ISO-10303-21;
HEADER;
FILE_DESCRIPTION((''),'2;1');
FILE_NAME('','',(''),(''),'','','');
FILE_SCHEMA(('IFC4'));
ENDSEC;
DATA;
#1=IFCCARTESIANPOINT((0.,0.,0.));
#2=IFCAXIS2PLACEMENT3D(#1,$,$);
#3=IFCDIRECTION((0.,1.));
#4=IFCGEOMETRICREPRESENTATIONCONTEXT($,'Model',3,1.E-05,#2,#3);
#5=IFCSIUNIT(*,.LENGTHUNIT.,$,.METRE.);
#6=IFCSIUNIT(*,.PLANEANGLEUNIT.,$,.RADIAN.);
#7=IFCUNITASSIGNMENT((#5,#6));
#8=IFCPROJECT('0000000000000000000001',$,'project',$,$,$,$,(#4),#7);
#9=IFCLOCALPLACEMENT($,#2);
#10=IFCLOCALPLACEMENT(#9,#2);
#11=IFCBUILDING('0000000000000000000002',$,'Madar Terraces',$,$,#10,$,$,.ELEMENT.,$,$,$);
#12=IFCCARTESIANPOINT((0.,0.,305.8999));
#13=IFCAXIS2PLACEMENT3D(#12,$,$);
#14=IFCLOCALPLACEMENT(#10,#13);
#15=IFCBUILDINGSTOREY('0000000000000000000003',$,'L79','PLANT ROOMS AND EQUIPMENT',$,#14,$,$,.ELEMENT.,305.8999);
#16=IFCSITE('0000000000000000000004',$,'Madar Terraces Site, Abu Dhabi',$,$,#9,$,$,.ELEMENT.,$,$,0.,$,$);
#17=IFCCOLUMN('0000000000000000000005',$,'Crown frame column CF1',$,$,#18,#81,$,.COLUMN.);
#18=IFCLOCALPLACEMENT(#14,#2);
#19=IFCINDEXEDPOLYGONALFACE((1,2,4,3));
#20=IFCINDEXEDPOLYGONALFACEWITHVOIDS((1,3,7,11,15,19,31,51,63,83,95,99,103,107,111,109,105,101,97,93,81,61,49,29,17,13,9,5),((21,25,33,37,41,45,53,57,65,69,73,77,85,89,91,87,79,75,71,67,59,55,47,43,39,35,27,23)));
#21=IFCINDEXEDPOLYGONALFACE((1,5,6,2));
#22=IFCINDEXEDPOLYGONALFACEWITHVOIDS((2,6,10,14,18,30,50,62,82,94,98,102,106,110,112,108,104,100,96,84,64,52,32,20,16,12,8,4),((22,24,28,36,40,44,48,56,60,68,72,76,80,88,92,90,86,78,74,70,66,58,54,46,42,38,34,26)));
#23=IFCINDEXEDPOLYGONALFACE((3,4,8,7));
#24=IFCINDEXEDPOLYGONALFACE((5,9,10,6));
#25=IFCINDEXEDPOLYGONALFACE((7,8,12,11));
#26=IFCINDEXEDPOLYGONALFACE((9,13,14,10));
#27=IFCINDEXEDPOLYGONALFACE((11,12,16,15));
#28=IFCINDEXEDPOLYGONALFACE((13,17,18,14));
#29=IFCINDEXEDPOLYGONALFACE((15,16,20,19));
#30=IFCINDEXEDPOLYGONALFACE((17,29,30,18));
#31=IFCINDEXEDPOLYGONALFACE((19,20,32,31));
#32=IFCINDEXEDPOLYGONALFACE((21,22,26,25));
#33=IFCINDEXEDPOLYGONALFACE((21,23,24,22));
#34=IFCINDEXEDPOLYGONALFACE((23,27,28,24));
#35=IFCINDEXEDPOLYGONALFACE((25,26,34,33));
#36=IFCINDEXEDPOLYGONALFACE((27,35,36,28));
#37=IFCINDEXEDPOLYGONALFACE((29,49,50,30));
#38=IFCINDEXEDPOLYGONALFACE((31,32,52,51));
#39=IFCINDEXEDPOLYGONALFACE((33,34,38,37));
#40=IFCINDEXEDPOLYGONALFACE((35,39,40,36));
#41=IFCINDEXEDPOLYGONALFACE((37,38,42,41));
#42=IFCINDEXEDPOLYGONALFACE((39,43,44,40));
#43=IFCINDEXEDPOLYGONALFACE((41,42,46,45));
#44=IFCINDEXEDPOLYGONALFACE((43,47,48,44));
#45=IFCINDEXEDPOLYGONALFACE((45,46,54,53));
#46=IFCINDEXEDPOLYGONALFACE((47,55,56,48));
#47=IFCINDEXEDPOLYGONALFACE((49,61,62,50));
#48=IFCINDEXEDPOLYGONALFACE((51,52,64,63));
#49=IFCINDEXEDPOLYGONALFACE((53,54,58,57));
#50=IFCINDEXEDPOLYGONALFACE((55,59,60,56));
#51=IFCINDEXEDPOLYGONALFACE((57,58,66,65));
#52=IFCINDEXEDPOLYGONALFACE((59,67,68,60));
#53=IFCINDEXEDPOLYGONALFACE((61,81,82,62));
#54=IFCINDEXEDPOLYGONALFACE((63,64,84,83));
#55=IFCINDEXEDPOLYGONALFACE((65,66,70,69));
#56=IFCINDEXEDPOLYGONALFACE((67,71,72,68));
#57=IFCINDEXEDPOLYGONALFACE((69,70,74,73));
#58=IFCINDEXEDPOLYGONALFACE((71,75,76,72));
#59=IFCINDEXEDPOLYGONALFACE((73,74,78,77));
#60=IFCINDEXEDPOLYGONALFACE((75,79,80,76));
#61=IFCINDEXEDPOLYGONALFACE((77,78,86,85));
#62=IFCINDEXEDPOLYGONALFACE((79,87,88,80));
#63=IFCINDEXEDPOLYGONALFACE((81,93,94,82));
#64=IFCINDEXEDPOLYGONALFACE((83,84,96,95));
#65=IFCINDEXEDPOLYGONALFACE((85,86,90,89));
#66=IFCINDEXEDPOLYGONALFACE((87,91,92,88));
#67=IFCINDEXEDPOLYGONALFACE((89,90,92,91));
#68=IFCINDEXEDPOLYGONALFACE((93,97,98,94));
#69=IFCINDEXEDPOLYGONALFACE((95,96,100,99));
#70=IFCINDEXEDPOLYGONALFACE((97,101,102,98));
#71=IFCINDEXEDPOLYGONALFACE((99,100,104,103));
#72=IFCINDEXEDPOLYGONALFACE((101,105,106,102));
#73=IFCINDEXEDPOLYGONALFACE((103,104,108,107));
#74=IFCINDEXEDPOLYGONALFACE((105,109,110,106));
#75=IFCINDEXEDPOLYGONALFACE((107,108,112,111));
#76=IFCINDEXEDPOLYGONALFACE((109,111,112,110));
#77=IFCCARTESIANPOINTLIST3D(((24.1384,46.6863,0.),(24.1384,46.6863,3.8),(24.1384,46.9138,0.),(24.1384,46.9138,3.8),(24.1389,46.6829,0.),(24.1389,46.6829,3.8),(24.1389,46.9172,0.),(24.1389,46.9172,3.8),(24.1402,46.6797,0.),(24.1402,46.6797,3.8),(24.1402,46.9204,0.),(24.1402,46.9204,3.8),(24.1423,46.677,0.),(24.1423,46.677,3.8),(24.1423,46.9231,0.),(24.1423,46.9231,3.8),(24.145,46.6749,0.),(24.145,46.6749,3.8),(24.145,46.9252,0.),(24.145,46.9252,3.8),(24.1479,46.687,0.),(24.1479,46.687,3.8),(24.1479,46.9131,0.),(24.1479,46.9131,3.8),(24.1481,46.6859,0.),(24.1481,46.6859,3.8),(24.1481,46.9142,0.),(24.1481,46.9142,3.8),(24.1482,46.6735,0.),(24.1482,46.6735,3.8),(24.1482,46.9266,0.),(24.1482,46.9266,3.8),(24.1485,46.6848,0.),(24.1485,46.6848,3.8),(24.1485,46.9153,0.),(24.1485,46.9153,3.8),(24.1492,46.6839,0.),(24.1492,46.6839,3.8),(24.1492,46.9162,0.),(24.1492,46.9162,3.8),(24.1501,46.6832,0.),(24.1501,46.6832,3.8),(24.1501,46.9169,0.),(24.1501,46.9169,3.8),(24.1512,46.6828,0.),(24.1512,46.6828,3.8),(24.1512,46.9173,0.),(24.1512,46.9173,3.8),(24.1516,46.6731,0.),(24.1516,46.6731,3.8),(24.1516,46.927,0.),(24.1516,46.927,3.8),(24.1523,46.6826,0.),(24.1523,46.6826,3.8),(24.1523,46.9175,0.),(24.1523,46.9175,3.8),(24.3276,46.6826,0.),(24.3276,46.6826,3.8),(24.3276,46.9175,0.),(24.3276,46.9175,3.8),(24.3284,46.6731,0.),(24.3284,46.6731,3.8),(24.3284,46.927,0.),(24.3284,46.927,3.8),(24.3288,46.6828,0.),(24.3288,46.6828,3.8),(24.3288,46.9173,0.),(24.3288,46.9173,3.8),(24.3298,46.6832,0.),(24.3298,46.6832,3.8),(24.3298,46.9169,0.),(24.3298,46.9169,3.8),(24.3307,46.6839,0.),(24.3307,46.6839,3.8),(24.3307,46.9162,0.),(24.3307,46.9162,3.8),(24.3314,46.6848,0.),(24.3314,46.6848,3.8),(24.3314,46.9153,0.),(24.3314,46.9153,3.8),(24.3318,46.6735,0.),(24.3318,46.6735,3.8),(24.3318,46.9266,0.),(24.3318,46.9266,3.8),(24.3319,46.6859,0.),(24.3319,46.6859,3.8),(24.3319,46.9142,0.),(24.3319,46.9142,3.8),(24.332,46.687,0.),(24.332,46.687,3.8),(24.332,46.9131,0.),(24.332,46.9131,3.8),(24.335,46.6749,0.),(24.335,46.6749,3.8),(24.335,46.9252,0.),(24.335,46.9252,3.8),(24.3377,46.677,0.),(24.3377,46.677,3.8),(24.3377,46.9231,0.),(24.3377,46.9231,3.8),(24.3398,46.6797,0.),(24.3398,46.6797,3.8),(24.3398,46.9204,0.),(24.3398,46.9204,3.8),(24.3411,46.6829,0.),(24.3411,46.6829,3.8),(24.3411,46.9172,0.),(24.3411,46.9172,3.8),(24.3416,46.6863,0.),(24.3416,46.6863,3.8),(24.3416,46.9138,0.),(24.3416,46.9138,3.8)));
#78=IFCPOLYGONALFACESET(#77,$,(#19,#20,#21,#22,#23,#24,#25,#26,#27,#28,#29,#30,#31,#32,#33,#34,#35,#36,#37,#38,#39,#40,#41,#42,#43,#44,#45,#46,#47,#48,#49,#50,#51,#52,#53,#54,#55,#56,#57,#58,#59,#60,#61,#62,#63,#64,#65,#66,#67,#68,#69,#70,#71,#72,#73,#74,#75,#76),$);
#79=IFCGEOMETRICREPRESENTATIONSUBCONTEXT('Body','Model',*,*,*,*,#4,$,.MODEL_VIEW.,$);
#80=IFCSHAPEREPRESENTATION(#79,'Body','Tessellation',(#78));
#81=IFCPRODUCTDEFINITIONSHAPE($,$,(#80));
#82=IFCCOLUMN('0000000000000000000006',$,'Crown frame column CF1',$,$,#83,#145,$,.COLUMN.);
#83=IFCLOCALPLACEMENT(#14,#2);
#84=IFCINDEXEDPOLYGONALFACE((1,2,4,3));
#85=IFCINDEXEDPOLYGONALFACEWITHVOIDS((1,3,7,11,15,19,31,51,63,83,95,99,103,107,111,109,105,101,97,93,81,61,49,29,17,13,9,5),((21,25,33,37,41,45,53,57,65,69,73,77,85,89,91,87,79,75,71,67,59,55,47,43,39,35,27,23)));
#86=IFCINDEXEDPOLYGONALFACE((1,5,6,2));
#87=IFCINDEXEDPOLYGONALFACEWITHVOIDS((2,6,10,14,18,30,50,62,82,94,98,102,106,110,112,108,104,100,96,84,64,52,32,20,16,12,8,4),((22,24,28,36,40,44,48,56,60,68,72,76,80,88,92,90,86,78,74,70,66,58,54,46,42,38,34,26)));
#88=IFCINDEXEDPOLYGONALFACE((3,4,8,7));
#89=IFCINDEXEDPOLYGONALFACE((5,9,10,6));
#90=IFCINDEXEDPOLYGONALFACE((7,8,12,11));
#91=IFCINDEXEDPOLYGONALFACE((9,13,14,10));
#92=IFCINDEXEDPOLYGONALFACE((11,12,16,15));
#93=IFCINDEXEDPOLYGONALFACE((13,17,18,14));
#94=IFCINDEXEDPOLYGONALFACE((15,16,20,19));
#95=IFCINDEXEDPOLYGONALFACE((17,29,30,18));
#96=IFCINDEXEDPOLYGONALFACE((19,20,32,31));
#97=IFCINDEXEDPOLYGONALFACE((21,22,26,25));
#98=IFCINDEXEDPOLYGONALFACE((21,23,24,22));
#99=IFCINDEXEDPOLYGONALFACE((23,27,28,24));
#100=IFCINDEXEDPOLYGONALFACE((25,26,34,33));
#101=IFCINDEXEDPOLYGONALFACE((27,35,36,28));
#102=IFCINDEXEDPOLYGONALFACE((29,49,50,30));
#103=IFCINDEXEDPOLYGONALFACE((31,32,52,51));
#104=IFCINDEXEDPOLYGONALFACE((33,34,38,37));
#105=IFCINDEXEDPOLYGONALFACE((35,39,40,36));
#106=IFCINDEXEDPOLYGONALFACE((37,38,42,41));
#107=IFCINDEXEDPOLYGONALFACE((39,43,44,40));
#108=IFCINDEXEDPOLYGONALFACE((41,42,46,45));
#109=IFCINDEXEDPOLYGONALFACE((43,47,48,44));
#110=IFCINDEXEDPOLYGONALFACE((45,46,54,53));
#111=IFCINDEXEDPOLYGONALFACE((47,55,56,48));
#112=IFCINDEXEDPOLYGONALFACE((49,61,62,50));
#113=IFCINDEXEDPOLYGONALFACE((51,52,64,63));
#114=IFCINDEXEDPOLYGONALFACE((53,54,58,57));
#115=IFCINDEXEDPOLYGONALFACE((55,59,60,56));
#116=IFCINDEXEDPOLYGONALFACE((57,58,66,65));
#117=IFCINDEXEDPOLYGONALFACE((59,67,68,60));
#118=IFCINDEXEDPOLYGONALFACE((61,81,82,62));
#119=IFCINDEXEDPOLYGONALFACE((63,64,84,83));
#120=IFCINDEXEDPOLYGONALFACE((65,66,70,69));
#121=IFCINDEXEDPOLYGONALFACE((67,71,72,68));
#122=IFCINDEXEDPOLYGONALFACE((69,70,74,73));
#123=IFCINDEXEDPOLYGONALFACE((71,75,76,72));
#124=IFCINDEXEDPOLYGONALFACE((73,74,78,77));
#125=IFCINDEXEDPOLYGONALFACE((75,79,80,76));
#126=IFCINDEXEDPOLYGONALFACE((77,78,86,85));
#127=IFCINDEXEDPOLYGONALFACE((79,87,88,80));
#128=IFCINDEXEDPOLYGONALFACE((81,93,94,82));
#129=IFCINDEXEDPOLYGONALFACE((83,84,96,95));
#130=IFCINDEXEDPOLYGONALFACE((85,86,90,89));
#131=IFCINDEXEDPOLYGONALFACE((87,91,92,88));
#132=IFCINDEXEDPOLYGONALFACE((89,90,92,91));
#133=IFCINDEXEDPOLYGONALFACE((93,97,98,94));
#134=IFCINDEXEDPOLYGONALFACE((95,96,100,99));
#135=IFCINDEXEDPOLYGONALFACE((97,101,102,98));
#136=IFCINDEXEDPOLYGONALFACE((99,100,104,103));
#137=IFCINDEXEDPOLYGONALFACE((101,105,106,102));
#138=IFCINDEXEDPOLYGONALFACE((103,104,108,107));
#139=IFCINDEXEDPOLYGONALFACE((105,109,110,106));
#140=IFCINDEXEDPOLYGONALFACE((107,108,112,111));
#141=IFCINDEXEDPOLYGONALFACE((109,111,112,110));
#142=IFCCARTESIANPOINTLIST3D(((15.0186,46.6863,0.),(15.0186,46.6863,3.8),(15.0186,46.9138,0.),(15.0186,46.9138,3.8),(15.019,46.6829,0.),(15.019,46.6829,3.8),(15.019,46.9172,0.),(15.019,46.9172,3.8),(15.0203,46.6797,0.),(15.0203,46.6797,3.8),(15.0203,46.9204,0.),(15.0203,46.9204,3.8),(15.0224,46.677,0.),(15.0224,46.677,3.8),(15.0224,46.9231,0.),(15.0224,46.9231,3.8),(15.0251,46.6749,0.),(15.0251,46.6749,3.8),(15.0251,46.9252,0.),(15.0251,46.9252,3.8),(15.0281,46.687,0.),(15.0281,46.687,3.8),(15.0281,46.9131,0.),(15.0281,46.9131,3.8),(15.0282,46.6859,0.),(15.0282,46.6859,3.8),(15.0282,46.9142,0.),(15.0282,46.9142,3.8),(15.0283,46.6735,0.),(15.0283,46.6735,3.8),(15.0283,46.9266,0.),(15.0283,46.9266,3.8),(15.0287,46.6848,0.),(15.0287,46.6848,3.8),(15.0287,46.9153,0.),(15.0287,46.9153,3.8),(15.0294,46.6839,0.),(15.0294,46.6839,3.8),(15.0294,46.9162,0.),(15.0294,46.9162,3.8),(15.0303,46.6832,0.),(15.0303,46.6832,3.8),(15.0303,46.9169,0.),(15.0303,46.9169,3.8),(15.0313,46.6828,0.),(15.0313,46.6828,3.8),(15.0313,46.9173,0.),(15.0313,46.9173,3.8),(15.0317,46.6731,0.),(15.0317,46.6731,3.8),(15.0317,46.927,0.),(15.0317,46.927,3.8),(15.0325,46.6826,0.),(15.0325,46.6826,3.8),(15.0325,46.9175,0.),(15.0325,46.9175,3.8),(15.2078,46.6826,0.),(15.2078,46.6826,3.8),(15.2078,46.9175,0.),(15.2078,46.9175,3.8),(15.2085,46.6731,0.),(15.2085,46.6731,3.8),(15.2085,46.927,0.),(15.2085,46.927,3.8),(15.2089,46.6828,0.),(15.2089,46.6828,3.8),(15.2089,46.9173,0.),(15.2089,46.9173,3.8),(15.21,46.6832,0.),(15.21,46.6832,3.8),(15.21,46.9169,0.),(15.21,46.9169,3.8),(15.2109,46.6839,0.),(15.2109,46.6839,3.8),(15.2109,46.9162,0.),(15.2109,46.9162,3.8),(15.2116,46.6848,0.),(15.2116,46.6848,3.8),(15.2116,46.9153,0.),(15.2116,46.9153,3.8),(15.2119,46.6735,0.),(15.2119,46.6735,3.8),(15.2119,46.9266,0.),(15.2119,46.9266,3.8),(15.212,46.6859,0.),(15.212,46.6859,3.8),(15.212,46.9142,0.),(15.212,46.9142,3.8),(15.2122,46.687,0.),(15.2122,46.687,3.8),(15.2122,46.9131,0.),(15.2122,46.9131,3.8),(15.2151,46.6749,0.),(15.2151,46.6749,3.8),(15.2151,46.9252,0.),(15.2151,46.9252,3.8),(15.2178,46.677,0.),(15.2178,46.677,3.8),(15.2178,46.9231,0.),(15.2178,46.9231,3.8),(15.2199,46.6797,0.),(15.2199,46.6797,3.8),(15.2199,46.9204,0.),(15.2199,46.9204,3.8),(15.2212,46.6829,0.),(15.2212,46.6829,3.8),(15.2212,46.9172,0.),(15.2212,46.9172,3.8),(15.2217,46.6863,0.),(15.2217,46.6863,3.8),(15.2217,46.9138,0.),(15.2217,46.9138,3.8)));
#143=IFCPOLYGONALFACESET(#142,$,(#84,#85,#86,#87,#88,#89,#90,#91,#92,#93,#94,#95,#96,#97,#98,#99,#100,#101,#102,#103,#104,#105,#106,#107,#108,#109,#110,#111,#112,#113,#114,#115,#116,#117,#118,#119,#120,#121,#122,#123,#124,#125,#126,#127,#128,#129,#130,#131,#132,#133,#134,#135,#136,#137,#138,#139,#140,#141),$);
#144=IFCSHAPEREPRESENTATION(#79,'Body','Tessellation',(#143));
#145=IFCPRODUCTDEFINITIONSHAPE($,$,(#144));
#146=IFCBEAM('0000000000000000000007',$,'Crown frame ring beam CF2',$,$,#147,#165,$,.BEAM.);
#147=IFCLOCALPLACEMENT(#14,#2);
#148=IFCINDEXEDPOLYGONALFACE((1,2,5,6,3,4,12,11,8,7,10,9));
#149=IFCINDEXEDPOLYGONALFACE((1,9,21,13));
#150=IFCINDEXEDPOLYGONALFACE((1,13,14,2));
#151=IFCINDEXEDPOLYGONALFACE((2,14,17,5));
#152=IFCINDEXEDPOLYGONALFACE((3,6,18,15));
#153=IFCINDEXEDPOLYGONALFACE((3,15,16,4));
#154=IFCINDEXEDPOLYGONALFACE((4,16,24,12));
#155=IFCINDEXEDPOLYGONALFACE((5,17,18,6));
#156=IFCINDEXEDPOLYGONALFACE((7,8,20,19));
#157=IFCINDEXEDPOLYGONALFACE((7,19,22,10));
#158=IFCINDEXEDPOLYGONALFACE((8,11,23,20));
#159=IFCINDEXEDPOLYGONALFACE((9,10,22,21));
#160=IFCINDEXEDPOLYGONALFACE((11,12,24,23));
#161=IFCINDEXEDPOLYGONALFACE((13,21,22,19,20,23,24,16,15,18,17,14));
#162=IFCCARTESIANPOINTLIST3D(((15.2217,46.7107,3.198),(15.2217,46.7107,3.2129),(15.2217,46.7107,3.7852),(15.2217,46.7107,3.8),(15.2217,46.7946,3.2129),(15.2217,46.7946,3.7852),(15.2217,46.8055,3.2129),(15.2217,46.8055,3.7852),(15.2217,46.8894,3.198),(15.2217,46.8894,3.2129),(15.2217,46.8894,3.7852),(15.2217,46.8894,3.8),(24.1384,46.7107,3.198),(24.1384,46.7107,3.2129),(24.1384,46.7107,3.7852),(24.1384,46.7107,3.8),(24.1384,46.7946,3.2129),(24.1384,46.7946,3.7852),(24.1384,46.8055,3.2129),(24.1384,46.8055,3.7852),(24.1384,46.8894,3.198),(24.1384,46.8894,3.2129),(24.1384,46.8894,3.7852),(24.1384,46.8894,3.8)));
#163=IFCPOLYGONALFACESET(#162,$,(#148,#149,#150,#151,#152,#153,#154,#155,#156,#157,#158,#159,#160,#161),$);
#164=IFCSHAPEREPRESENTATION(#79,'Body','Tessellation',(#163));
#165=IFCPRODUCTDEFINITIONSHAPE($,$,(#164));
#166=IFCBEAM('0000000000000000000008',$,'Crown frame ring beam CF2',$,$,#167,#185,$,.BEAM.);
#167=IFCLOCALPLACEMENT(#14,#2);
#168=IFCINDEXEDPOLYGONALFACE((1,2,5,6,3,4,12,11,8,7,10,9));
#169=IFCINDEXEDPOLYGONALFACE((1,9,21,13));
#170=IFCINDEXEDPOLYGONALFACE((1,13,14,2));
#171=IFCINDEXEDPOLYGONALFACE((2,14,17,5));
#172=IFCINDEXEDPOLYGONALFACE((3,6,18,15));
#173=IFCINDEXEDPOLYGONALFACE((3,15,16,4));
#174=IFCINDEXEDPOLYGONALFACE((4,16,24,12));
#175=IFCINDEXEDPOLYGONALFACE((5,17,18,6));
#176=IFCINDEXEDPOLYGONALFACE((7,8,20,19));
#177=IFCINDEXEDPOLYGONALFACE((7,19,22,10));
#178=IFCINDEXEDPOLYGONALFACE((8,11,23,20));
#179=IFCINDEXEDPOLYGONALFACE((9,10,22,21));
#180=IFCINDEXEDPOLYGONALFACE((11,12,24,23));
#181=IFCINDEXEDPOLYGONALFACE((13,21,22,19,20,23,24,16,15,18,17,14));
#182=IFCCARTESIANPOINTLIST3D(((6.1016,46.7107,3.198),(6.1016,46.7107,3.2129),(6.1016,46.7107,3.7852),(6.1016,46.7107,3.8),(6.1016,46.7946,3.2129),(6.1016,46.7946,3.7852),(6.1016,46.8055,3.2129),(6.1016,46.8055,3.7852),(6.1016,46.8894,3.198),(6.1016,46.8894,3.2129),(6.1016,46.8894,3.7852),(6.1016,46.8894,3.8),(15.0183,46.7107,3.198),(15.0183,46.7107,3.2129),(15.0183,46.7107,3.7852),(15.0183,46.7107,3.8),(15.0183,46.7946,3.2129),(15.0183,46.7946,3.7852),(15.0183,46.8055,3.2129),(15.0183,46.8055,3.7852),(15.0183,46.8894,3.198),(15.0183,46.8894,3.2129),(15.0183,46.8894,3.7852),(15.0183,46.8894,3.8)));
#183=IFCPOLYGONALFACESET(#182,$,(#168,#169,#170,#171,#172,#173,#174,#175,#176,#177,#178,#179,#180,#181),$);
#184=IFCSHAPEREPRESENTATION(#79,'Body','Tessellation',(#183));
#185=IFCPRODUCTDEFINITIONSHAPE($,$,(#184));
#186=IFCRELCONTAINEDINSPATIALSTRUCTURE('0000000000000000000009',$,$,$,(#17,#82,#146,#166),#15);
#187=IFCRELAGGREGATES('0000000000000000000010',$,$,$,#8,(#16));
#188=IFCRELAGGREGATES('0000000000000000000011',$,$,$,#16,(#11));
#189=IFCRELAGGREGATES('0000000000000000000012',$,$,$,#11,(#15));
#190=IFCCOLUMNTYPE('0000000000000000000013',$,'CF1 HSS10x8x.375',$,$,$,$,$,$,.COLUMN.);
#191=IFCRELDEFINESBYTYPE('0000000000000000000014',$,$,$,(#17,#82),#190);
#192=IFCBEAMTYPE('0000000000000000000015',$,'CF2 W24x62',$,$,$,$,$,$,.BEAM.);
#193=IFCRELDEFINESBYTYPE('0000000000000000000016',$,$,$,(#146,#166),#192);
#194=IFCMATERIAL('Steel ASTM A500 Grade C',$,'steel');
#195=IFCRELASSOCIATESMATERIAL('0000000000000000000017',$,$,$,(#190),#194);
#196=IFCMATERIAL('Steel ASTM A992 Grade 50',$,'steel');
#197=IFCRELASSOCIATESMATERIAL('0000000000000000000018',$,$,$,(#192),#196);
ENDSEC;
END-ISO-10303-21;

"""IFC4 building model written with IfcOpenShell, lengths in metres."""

from ifc_helpers import new_model, si_unit, direction, frame, origin, origin_2d, place, context, subcontext, project, spatial, hollow_rectangle, i_section, extrude, material, material_profile, profile_set, type_object, element, save


model = new_model("IFC4")

# Units and contexts
model_context = context("Model", 3, precision=1e-05, world=origin(), true_north=direction((0.0, 1.0)))
body_context = subcontext(model_context, "Body", "Model", "MODEL_VIEW")
ifc_project = project(units=[si_unit("LENGTHUNIT", "METRE"), si_unit("PLANEANGLEUNIT", "RADIAN")], contexts=[model_context])

# Site, building, storey
site_placement = place(None, origin())
site = spatial("IfcSite", under=ifc_project, at=site_placement, Name="Madar Terraces Site, Abu Dhabi", CompositionType="ELEMENT", RefElevation=0.0)
building_placement = place(site_placement, origin())
building = spatial("IfcBuilding", under=site, at=building_placement, Name="Madar Terraces", CompositionType="ELEMENT")
storey_placement = place(building_placement, frame((0.0, 0.0, 305.8999)))
storey = spatial("IfcBuildingStorey", under=building, at=storey_placement, Name="L79", Description="PLANT ROOMS AND EQUIPMENT", CompositionType="ELEMENT", Elevation=305.8999)

# Columns
ifc_material_1 = material(Name="Steel ASTM A500 Grade C", Category="steel")
ifc_material_profile_1 = material_profile(ifc_material_1, hollow_rectangle(XDim=0.2031, YDim=0.2539, WallThickness=0.0095, InnerFilletRadius=0.0044, OuterFilletRadius=0.0132, at=origin_2d()), Name="HSS10x8x.375")
ifc_profile_set_1 = profile_set([ifc_material_profile_1], Name="Steel ASTM A500 Grade C")
column_type = type_object("IfcColumnType", Name="CF1 HSS10x8x.375", PredefinedType="COLUMN", material=ifc_profile_set_1)
for number, where, z_axis, x_axis, name in (
    (1, (24.24, 46.8, 0.0), (0.0, 0.0, 1.0), (1.0, 0.0, 0.0), "Crown frame column CF1"),
    (2, (15.1201, 46.8, 0.0), (0.0, 0.0, 1.0), (1.0, 0.0, 0.0), "Crown frame column CF1"),
):
    element("IfcColumn", number, at=place(storey_placement, frame(where, z_axis=z_axis, x_axis=x_axis)), inside=storey, type_object=column_type, Name=name, PredefinedType="COLUMN", context=body_context, shape_type="SweptSolid", body=[
        extrude(hollow_rectangle(XDim=0.2031, YDim=0.2539, WallThickness=0.0095, InnerFilletRadius=0.0044, OuterFilletRadius=0.0132, at=origin_2d()), origin(), (0.0, 0.0, 1.0), 3.8),
    ])

# Beams
ifc_material_2 = material(Name="Steel ASTM A992 Grade 50", Category="steel")
ifc_material_profile_2 = material_profile(ifc_material_2, i_section(OverallWidth=0.1787, OverallDepth=0.6021, WebThickness=0.011, FlangeThickness=0.0149, at=origin_2d()), Name="W24x62")
ifc_profile_set_2 = profile_set([ifc_material_profile_2], Name="Steel ASTM A992 Grade 50")
beam_type = type_object("IfcBeamType", Name="CF2 W24x62", PredefinedType="BEAM", material=ifc_profile_set_2)
for number, where, z_axis, x_axis, name in (
    (3, (24.1384, 46.8, 3.499), (-1.0, 0.0, 0.0), (0.0, -1.0, 0.0), "Crown frame ring beam CF2"),
    (4, (15.0183, 46.8, 3.499), (-1.0, 0.0, 0.0), (0.0, -1.0, 0.0), "Crown frame ring beam CF2"),
):
    element("IfcBeam", number, at=place(storey_placement, frame(where, z_axis=z_axis, x_axis=x_axis)), inside=storey, type_object=beam_type, Name=name, PredefinedType="BEAM", context=body_context, shape_type="SweptSolid", body=[
        extrude(i_section(OverallWidth=0.1787, OverallDepth=0.6021, WebThickness=0.011, FlangeThickness=0.0149, at=origin_2d()), origin(), (0.0, 0.0, 1.0), 8.9167),
    ])

save(model, "model.ifc")
